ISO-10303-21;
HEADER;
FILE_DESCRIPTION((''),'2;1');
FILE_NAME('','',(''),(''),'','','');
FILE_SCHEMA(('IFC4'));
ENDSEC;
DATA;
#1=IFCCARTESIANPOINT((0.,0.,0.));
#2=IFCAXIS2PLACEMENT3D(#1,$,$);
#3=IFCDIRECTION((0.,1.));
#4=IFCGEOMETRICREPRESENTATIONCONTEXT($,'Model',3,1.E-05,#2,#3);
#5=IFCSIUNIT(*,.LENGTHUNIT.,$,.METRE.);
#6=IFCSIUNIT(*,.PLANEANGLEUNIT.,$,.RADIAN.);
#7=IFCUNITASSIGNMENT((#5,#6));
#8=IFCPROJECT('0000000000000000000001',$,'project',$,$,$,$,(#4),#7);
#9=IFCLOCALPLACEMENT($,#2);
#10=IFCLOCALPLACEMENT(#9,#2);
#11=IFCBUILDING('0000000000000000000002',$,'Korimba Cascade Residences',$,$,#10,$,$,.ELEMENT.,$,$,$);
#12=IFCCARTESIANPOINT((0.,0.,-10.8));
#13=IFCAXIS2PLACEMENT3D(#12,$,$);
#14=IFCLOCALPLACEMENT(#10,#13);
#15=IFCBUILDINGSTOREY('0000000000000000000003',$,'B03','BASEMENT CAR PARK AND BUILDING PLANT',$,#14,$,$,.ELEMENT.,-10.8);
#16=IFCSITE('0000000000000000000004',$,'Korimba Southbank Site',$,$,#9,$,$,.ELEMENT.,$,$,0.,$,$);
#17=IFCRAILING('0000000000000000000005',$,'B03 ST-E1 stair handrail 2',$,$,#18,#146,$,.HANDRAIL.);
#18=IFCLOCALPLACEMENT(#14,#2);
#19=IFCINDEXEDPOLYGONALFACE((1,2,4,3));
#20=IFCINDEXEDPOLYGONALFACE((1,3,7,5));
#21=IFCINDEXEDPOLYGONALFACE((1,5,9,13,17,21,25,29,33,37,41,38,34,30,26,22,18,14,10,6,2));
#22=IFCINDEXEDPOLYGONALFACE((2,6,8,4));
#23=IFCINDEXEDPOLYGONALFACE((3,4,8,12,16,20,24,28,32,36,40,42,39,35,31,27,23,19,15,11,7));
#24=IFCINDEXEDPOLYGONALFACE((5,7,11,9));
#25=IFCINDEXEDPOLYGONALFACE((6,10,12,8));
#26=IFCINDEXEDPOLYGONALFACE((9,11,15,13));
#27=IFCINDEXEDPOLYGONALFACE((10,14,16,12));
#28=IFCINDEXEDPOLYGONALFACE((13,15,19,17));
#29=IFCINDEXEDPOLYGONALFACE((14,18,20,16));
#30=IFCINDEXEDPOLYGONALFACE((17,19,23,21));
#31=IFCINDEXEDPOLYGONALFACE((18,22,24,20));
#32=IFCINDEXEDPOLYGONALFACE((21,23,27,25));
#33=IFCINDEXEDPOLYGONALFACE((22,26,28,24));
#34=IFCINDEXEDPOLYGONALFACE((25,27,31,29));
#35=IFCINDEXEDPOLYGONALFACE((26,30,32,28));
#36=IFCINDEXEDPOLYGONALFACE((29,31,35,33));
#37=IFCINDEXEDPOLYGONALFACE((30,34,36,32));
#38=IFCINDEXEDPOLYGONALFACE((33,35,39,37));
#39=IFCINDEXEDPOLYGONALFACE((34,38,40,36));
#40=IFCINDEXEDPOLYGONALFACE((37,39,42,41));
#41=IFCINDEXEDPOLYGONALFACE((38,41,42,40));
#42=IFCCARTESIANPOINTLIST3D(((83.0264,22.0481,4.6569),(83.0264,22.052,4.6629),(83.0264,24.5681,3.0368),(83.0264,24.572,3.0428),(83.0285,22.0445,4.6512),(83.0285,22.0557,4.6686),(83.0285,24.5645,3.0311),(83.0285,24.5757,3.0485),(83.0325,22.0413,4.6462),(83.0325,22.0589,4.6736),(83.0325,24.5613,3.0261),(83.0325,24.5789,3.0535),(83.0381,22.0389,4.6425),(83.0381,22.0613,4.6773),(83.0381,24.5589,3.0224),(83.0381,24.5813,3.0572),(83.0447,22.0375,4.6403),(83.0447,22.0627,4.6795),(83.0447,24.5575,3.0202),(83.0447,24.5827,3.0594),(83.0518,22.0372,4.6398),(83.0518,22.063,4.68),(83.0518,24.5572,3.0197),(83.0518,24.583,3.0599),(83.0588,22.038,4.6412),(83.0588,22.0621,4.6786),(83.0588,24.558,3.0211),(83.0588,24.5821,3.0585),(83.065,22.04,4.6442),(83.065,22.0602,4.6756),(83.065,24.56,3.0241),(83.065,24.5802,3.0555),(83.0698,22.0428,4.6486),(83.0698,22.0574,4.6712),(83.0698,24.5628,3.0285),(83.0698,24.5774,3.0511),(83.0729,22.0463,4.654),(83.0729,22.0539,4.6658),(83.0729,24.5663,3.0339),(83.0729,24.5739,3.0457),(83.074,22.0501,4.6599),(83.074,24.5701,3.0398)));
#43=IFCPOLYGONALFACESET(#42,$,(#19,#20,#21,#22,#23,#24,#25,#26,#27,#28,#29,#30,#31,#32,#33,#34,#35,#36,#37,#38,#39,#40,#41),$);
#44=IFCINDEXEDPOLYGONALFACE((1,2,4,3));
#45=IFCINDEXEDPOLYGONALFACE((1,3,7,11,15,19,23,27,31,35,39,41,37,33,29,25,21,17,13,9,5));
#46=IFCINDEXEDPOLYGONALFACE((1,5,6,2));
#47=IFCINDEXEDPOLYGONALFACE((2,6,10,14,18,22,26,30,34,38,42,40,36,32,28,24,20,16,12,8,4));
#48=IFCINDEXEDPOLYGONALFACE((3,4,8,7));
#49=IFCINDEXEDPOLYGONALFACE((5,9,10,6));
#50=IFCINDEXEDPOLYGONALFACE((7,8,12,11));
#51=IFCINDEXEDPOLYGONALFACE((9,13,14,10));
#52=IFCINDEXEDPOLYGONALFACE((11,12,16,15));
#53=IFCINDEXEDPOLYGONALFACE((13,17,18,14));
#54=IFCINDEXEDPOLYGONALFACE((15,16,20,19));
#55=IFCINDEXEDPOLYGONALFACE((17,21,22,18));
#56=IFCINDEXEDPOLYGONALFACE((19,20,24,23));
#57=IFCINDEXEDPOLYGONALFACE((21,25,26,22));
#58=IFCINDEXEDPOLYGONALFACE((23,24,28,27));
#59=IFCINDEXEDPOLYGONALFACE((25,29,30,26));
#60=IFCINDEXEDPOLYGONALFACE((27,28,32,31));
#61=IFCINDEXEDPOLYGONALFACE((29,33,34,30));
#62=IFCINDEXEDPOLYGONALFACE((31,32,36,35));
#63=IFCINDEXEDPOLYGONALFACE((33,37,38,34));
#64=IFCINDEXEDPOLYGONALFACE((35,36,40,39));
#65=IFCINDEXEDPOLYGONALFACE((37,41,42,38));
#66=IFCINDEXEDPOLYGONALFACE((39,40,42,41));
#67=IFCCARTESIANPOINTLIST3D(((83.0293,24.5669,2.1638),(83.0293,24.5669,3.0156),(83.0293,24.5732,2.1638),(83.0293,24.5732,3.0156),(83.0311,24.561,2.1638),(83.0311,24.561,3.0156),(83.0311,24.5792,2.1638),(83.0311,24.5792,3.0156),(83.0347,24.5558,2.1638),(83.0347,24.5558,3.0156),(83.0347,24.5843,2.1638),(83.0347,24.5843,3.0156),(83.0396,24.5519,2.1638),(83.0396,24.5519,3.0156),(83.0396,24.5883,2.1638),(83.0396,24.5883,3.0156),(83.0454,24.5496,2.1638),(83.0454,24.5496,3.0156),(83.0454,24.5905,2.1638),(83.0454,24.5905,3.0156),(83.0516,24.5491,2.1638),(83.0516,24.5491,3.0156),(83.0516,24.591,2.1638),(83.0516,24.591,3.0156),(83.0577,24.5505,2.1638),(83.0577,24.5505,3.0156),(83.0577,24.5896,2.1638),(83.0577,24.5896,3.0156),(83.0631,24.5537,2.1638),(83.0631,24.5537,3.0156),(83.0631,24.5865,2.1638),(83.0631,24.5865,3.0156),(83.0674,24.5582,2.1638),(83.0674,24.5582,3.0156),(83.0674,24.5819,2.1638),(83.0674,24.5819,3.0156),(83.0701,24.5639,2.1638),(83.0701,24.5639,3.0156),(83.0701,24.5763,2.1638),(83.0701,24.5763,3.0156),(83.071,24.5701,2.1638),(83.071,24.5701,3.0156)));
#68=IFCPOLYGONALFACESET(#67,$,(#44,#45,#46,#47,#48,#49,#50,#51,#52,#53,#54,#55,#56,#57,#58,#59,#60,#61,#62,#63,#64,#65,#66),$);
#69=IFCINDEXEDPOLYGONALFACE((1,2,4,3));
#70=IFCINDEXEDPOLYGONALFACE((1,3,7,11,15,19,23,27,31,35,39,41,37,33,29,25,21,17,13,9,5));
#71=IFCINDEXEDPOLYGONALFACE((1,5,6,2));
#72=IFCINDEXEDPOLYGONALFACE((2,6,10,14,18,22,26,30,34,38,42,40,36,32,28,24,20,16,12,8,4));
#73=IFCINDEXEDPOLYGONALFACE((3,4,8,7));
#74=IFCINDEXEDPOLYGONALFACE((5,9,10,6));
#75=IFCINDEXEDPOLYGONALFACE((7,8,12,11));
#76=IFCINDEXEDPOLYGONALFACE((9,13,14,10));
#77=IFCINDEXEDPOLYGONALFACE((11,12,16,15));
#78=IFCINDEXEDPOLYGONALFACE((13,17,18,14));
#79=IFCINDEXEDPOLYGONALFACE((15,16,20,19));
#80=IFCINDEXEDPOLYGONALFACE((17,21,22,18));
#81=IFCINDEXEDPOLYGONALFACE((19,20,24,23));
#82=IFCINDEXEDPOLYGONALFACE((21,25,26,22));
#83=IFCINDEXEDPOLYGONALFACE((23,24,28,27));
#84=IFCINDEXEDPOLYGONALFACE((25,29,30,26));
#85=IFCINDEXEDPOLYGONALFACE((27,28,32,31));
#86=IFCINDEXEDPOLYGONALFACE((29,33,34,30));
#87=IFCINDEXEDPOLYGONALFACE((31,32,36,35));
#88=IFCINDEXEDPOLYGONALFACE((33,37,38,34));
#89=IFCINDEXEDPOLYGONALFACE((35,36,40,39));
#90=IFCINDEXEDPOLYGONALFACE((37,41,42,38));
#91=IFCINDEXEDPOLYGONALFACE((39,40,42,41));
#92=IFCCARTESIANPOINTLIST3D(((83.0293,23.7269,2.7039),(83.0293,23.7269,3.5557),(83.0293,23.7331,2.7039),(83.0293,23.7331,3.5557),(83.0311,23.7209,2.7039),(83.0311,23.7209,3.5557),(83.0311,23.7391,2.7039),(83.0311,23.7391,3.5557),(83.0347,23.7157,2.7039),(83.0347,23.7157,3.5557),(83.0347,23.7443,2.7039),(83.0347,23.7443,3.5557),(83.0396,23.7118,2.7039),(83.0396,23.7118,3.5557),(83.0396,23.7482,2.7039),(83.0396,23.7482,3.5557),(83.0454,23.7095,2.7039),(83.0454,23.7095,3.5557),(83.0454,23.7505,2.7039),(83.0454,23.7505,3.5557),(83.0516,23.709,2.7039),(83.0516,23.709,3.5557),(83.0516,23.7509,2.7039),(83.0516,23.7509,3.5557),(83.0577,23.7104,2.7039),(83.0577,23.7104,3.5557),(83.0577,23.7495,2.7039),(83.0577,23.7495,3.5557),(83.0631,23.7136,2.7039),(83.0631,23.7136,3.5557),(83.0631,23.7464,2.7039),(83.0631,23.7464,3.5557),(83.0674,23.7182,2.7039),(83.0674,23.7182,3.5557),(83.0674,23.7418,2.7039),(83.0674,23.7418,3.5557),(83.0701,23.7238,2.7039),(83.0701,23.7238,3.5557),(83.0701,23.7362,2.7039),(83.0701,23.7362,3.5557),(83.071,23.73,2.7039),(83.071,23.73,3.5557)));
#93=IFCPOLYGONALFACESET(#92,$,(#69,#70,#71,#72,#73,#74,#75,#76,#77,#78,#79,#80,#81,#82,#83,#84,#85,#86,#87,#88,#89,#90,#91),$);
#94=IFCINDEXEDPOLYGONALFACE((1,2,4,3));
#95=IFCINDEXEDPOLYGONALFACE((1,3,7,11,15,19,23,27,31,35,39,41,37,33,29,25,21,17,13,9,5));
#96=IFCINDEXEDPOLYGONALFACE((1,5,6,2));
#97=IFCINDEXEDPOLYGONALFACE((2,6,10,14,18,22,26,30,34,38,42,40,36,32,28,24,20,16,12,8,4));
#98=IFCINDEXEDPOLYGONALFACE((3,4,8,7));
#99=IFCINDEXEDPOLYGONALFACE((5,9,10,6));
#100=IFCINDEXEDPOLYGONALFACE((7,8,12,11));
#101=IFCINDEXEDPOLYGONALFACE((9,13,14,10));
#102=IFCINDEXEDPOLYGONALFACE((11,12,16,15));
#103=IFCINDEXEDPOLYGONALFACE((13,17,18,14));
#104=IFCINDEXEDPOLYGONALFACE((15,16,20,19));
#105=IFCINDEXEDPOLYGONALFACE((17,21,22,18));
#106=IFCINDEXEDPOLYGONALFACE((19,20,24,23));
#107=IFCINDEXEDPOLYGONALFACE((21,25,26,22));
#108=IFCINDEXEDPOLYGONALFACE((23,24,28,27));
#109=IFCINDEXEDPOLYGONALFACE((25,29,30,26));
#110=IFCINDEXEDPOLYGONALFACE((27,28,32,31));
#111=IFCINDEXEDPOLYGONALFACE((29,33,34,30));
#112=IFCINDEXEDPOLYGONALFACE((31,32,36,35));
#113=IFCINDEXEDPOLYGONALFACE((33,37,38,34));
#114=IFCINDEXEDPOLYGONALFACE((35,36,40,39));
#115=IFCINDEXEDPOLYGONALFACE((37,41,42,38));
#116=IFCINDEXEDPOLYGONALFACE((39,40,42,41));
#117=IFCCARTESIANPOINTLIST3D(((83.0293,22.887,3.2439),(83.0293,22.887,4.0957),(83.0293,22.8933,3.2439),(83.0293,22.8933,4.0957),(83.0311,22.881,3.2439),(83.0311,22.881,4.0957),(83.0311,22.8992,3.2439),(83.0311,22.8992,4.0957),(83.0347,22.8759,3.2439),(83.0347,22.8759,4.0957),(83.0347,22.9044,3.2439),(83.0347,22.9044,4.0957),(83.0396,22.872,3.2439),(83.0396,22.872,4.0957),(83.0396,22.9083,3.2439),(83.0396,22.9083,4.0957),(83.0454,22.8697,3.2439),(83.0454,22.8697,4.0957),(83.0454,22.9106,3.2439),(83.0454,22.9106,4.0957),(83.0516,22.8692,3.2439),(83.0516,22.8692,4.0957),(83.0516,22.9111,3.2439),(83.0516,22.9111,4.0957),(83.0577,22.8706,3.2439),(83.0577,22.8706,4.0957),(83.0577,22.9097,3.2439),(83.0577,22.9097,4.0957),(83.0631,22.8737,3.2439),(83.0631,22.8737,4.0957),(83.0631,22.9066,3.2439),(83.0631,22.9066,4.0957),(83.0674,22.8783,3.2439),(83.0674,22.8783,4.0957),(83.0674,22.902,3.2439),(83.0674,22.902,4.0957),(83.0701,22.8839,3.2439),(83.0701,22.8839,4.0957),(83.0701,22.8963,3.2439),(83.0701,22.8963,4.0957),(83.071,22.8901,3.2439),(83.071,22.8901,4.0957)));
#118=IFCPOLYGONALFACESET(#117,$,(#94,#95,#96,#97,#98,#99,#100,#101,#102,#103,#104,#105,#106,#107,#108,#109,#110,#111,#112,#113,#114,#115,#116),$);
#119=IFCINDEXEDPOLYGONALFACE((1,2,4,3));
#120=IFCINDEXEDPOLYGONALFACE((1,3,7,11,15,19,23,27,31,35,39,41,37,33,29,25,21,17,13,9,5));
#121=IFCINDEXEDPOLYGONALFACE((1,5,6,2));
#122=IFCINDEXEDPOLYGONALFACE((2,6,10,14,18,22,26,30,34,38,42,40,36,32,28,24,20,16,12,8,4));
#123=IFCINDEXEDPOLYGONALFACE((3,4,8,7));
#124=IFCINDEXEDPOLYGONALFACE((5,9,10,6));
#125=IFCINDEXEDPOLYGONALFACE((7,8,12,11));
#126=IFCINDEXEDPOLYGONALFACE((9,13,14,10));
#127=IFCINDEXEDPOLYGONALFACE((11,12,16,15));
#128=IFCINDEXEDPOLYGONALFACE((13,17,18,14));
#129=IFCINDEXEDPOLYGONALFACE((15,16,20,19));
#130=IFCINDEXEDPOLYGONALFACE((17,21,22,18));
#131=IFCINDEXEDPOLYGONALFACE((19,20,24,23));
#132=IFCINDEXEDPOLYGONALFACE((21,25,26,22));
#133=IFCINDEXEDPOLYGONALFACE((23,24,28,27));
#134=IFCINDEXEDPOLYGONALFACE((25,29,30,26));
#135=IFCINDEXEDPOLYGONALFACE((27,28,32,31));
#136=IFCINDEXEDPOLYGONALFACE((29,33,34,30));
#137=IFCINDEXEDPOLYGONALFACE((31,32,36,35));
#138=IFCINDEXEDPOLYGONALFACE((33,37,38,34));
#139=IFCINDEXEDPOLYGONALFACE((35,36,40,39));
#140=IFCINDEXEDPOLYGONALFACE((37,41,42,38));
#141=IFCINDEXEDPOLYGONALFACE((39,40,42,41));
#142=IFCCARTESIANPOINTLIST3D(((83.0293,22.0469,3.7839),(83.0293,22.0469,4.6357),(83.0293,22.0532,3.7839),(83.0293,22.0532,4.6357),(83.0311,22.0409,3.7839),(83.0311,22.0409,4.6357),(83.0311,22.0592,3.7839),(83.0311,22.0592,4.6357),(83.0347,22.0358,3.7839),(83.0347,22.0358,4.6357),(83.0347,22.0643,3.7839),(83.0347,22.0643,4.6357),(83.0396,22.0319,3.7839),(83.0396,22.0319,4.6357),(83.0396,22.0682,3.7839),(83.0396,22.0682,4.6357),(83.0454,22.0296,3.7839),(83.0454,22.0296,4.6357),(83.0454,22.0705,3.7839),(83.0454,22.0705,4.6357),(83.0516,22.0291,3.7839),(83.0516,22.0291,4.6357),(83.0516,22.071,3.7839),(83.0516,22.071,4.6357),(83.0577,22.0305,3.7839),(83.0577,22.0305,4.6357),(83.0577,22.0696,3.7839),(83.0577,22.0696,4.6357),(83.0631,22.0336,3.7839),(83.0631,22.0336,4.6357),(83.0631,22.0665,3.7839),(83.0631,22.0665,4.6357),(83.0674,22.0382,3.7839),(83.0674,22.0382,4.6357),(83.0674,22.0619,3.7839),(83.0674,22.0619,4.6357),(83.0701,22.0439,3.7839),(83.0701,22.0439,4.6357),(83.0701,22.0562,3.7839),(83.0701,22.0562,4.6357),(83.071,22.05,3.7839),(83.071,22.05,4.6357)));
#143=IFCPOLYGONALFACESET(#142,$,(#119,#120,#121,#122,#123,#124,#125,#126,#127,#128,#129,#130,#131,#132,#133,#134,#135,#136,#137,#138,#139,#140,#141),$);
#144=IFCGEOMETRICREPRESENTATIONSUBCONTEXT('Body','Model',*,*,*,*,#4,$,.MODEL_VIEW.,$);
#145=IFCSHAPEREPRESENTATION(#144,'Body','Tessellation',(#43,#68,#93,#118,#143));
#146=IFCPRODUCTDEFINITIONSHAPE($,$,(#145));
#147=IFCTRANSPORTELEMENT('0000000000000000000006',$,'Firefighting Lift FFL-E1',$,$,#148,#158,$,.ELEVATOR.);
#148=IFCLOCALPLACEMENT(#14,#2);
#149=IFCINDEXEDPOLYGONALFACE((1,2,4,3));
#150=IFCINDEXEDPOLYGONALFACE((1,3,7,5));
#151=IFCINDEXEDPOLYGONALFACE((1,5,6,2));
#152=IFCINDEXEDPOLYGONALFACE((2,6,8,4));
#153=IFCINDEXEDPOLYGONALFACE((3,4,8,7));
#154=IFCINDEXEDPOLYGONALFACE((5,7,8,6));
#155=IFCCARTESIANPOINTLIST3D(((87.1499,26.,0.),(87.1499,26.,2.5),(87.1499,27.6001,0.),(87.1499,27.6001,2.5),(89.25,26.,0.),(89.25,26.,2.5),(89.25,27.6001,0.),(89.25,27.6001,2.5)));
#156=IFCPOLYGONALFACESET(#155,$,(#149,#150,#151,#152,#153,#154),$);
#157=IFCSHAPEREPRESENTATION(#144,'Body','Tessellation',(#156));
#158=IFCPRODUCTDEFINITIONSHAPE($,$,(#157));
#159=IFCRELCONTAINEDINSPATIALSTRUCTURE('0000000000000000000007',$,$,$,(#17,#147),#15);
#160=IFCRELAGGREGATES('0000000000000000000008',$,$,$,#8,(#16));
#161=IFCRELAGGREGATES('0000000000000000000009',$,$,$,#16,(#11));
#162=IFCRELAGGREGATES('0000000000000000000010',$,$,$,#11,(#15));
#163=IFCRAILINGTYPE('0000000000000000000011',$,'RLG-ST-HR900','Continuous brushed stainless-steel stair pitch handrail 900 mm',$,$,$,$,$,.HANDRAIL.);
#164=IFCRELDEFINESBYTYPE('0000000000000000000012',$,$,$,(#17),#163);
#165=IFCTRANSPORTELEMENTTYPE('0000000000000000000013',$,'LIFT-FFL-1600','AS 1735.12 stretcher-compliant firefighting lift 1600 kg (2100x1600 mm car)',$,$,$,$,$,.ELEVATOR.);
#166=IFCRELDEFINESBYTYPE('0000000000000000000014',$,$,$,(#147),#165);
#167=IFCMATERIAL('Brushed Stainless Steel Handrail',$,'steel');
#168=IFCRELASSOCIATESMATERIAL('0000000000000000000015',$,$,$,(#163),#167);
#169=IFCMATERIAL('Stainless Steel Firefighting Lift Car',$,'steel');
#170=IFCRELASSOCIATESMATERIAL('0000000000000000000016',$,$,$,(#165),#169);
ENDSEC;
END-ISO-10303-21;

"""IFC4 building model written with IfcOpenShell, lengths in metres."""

from ifc_helpers import new_model, si_unit, direction, frame, origin, origin_2d, place, context, subcontext, project, spatial, rectangle, circle, extrude, material, type_object, element, save


model = new_model("IFC4")

# Units and contexts
model_context = context("Model", 3, precision=1e-05, world=origin(), true_north=direction((0.0, 1.0)))
body_context = subcontext(model_context, "Body", "Model", "MODEL_VIEW")
ifc_project = project(units=[si_unit("LENGTHUNIT", "METRE"), si_unit("PLANEANGLEUNIT", "RADIAN")], contexts=[model_context])

# Site, building, storey
site_placement = place(None, origin())
site = spatial("IfcSite", under=ifc_project, at=site_placement, Name="Korimba Southbank Site", CompositionType="ELEMENT", RefElevation=0.0)
building_placement = place(site_placement, origin())
building = spatial("IfcBuilding", under=site, at=building_placement, Name="Korimba Cascade Residences", CompositionType="ELEMENT")
storey_placement = place(building_placement, frame((0.0, 0.0, -10.8)))
storey = spatial("IfcBuildingStorey", under=building, at=storey_placement, Name="B03", Description="BASEMENT CAR PARK AND BUILDING PLANT", CompositionType="ELEMENT", Elevation=-10.8)

# Railing
ifc_material_1 = material(Name="Brushed Stainless Steel Handrail", Category="steel")
railing_type_1 = type_object("IfcRailingType", Name="RLG-ST-HR900", Description="Continuous brushed stainless-steel stair pitch handrail 900 mm", PredefinedType="HANDRAIL", material=ifc_material_1)
railing_1_placement = place(storey_placement, frame((83.05, 24.5701, 2.1638)))
element("IfcRailing", 1, at=railing_1_placement, inside=storey, type_object=railing_type_1, Name="B03 ST-E1 stair handrail 2", PredefinedType="HANDRAIL", context=body_context, shape_type="SweptSolid", body=[
    extrude(circle(Radius=0.0239, at=origin_2d()), frame((0.0, 0.0, 0.876), z_axis=(0.0, -0.841163, 0.540782), x_axis=(1.0, 0.0, 0.0)), (0.0, 0.0, 1.0), 2.9958),
    extrude(circle(Radius=0.021, at=origin_2d()), origin(), (0.0, 0.0, 1.0), 0.8518),
    extrude(circle(Radius=0.021, at=origin_2d()), frame((0.0, -0.8401, 0.54)), (0.0, 0.0, 1.0), 0.8518),
    extrude(circle(Radius=0.021, at=origin_2d()), frame((0.0, -1.6799, 1.0801)), (0.0, 0.0, 1.0), 0.8518),
    extrude(circle(Radius=0.021, at=origin_2d()), frame((0.0, -2.52, 1.6201)), (0.0, 0.0, 1.0), 0.8518),
])

# Transport element
ifc_material_2 = material(Name="Stainless Steel Firefighting Lift Car", Category="steel")
transport_element_type = type_object("IfcTransportElementType", Name="LIFT-FFL-1600", Description="AS 1735.12 stretcher-compliant firefighting lift 1600 kg (2100x1600 mm car)", PredefinedType="ELEVATOR", material=ifc_material_2)
transport_element_placement = place(storey_placement, frame((88.2, 26.8, 0.0), z_axis=(0.0, 0.0, 1.0), x_axis=(1.0, 0.0, 0.0)))
element("IfcTransportElement", 2, at=transport_element_placement, inside=storey, type_object=transport_element_type, Name="Firefighting Lift FFL-E1", PredefinedType="ELEVATOR", context=body_context, shape_type="SweptSolid", body=[
    extrude(rectangle(XDim=2.1001, YDim=1.6001, at=origin_2d()), origin(), (0.0, 0.0, 1.0), 2.5),
])

save(model, "model.ifc")
